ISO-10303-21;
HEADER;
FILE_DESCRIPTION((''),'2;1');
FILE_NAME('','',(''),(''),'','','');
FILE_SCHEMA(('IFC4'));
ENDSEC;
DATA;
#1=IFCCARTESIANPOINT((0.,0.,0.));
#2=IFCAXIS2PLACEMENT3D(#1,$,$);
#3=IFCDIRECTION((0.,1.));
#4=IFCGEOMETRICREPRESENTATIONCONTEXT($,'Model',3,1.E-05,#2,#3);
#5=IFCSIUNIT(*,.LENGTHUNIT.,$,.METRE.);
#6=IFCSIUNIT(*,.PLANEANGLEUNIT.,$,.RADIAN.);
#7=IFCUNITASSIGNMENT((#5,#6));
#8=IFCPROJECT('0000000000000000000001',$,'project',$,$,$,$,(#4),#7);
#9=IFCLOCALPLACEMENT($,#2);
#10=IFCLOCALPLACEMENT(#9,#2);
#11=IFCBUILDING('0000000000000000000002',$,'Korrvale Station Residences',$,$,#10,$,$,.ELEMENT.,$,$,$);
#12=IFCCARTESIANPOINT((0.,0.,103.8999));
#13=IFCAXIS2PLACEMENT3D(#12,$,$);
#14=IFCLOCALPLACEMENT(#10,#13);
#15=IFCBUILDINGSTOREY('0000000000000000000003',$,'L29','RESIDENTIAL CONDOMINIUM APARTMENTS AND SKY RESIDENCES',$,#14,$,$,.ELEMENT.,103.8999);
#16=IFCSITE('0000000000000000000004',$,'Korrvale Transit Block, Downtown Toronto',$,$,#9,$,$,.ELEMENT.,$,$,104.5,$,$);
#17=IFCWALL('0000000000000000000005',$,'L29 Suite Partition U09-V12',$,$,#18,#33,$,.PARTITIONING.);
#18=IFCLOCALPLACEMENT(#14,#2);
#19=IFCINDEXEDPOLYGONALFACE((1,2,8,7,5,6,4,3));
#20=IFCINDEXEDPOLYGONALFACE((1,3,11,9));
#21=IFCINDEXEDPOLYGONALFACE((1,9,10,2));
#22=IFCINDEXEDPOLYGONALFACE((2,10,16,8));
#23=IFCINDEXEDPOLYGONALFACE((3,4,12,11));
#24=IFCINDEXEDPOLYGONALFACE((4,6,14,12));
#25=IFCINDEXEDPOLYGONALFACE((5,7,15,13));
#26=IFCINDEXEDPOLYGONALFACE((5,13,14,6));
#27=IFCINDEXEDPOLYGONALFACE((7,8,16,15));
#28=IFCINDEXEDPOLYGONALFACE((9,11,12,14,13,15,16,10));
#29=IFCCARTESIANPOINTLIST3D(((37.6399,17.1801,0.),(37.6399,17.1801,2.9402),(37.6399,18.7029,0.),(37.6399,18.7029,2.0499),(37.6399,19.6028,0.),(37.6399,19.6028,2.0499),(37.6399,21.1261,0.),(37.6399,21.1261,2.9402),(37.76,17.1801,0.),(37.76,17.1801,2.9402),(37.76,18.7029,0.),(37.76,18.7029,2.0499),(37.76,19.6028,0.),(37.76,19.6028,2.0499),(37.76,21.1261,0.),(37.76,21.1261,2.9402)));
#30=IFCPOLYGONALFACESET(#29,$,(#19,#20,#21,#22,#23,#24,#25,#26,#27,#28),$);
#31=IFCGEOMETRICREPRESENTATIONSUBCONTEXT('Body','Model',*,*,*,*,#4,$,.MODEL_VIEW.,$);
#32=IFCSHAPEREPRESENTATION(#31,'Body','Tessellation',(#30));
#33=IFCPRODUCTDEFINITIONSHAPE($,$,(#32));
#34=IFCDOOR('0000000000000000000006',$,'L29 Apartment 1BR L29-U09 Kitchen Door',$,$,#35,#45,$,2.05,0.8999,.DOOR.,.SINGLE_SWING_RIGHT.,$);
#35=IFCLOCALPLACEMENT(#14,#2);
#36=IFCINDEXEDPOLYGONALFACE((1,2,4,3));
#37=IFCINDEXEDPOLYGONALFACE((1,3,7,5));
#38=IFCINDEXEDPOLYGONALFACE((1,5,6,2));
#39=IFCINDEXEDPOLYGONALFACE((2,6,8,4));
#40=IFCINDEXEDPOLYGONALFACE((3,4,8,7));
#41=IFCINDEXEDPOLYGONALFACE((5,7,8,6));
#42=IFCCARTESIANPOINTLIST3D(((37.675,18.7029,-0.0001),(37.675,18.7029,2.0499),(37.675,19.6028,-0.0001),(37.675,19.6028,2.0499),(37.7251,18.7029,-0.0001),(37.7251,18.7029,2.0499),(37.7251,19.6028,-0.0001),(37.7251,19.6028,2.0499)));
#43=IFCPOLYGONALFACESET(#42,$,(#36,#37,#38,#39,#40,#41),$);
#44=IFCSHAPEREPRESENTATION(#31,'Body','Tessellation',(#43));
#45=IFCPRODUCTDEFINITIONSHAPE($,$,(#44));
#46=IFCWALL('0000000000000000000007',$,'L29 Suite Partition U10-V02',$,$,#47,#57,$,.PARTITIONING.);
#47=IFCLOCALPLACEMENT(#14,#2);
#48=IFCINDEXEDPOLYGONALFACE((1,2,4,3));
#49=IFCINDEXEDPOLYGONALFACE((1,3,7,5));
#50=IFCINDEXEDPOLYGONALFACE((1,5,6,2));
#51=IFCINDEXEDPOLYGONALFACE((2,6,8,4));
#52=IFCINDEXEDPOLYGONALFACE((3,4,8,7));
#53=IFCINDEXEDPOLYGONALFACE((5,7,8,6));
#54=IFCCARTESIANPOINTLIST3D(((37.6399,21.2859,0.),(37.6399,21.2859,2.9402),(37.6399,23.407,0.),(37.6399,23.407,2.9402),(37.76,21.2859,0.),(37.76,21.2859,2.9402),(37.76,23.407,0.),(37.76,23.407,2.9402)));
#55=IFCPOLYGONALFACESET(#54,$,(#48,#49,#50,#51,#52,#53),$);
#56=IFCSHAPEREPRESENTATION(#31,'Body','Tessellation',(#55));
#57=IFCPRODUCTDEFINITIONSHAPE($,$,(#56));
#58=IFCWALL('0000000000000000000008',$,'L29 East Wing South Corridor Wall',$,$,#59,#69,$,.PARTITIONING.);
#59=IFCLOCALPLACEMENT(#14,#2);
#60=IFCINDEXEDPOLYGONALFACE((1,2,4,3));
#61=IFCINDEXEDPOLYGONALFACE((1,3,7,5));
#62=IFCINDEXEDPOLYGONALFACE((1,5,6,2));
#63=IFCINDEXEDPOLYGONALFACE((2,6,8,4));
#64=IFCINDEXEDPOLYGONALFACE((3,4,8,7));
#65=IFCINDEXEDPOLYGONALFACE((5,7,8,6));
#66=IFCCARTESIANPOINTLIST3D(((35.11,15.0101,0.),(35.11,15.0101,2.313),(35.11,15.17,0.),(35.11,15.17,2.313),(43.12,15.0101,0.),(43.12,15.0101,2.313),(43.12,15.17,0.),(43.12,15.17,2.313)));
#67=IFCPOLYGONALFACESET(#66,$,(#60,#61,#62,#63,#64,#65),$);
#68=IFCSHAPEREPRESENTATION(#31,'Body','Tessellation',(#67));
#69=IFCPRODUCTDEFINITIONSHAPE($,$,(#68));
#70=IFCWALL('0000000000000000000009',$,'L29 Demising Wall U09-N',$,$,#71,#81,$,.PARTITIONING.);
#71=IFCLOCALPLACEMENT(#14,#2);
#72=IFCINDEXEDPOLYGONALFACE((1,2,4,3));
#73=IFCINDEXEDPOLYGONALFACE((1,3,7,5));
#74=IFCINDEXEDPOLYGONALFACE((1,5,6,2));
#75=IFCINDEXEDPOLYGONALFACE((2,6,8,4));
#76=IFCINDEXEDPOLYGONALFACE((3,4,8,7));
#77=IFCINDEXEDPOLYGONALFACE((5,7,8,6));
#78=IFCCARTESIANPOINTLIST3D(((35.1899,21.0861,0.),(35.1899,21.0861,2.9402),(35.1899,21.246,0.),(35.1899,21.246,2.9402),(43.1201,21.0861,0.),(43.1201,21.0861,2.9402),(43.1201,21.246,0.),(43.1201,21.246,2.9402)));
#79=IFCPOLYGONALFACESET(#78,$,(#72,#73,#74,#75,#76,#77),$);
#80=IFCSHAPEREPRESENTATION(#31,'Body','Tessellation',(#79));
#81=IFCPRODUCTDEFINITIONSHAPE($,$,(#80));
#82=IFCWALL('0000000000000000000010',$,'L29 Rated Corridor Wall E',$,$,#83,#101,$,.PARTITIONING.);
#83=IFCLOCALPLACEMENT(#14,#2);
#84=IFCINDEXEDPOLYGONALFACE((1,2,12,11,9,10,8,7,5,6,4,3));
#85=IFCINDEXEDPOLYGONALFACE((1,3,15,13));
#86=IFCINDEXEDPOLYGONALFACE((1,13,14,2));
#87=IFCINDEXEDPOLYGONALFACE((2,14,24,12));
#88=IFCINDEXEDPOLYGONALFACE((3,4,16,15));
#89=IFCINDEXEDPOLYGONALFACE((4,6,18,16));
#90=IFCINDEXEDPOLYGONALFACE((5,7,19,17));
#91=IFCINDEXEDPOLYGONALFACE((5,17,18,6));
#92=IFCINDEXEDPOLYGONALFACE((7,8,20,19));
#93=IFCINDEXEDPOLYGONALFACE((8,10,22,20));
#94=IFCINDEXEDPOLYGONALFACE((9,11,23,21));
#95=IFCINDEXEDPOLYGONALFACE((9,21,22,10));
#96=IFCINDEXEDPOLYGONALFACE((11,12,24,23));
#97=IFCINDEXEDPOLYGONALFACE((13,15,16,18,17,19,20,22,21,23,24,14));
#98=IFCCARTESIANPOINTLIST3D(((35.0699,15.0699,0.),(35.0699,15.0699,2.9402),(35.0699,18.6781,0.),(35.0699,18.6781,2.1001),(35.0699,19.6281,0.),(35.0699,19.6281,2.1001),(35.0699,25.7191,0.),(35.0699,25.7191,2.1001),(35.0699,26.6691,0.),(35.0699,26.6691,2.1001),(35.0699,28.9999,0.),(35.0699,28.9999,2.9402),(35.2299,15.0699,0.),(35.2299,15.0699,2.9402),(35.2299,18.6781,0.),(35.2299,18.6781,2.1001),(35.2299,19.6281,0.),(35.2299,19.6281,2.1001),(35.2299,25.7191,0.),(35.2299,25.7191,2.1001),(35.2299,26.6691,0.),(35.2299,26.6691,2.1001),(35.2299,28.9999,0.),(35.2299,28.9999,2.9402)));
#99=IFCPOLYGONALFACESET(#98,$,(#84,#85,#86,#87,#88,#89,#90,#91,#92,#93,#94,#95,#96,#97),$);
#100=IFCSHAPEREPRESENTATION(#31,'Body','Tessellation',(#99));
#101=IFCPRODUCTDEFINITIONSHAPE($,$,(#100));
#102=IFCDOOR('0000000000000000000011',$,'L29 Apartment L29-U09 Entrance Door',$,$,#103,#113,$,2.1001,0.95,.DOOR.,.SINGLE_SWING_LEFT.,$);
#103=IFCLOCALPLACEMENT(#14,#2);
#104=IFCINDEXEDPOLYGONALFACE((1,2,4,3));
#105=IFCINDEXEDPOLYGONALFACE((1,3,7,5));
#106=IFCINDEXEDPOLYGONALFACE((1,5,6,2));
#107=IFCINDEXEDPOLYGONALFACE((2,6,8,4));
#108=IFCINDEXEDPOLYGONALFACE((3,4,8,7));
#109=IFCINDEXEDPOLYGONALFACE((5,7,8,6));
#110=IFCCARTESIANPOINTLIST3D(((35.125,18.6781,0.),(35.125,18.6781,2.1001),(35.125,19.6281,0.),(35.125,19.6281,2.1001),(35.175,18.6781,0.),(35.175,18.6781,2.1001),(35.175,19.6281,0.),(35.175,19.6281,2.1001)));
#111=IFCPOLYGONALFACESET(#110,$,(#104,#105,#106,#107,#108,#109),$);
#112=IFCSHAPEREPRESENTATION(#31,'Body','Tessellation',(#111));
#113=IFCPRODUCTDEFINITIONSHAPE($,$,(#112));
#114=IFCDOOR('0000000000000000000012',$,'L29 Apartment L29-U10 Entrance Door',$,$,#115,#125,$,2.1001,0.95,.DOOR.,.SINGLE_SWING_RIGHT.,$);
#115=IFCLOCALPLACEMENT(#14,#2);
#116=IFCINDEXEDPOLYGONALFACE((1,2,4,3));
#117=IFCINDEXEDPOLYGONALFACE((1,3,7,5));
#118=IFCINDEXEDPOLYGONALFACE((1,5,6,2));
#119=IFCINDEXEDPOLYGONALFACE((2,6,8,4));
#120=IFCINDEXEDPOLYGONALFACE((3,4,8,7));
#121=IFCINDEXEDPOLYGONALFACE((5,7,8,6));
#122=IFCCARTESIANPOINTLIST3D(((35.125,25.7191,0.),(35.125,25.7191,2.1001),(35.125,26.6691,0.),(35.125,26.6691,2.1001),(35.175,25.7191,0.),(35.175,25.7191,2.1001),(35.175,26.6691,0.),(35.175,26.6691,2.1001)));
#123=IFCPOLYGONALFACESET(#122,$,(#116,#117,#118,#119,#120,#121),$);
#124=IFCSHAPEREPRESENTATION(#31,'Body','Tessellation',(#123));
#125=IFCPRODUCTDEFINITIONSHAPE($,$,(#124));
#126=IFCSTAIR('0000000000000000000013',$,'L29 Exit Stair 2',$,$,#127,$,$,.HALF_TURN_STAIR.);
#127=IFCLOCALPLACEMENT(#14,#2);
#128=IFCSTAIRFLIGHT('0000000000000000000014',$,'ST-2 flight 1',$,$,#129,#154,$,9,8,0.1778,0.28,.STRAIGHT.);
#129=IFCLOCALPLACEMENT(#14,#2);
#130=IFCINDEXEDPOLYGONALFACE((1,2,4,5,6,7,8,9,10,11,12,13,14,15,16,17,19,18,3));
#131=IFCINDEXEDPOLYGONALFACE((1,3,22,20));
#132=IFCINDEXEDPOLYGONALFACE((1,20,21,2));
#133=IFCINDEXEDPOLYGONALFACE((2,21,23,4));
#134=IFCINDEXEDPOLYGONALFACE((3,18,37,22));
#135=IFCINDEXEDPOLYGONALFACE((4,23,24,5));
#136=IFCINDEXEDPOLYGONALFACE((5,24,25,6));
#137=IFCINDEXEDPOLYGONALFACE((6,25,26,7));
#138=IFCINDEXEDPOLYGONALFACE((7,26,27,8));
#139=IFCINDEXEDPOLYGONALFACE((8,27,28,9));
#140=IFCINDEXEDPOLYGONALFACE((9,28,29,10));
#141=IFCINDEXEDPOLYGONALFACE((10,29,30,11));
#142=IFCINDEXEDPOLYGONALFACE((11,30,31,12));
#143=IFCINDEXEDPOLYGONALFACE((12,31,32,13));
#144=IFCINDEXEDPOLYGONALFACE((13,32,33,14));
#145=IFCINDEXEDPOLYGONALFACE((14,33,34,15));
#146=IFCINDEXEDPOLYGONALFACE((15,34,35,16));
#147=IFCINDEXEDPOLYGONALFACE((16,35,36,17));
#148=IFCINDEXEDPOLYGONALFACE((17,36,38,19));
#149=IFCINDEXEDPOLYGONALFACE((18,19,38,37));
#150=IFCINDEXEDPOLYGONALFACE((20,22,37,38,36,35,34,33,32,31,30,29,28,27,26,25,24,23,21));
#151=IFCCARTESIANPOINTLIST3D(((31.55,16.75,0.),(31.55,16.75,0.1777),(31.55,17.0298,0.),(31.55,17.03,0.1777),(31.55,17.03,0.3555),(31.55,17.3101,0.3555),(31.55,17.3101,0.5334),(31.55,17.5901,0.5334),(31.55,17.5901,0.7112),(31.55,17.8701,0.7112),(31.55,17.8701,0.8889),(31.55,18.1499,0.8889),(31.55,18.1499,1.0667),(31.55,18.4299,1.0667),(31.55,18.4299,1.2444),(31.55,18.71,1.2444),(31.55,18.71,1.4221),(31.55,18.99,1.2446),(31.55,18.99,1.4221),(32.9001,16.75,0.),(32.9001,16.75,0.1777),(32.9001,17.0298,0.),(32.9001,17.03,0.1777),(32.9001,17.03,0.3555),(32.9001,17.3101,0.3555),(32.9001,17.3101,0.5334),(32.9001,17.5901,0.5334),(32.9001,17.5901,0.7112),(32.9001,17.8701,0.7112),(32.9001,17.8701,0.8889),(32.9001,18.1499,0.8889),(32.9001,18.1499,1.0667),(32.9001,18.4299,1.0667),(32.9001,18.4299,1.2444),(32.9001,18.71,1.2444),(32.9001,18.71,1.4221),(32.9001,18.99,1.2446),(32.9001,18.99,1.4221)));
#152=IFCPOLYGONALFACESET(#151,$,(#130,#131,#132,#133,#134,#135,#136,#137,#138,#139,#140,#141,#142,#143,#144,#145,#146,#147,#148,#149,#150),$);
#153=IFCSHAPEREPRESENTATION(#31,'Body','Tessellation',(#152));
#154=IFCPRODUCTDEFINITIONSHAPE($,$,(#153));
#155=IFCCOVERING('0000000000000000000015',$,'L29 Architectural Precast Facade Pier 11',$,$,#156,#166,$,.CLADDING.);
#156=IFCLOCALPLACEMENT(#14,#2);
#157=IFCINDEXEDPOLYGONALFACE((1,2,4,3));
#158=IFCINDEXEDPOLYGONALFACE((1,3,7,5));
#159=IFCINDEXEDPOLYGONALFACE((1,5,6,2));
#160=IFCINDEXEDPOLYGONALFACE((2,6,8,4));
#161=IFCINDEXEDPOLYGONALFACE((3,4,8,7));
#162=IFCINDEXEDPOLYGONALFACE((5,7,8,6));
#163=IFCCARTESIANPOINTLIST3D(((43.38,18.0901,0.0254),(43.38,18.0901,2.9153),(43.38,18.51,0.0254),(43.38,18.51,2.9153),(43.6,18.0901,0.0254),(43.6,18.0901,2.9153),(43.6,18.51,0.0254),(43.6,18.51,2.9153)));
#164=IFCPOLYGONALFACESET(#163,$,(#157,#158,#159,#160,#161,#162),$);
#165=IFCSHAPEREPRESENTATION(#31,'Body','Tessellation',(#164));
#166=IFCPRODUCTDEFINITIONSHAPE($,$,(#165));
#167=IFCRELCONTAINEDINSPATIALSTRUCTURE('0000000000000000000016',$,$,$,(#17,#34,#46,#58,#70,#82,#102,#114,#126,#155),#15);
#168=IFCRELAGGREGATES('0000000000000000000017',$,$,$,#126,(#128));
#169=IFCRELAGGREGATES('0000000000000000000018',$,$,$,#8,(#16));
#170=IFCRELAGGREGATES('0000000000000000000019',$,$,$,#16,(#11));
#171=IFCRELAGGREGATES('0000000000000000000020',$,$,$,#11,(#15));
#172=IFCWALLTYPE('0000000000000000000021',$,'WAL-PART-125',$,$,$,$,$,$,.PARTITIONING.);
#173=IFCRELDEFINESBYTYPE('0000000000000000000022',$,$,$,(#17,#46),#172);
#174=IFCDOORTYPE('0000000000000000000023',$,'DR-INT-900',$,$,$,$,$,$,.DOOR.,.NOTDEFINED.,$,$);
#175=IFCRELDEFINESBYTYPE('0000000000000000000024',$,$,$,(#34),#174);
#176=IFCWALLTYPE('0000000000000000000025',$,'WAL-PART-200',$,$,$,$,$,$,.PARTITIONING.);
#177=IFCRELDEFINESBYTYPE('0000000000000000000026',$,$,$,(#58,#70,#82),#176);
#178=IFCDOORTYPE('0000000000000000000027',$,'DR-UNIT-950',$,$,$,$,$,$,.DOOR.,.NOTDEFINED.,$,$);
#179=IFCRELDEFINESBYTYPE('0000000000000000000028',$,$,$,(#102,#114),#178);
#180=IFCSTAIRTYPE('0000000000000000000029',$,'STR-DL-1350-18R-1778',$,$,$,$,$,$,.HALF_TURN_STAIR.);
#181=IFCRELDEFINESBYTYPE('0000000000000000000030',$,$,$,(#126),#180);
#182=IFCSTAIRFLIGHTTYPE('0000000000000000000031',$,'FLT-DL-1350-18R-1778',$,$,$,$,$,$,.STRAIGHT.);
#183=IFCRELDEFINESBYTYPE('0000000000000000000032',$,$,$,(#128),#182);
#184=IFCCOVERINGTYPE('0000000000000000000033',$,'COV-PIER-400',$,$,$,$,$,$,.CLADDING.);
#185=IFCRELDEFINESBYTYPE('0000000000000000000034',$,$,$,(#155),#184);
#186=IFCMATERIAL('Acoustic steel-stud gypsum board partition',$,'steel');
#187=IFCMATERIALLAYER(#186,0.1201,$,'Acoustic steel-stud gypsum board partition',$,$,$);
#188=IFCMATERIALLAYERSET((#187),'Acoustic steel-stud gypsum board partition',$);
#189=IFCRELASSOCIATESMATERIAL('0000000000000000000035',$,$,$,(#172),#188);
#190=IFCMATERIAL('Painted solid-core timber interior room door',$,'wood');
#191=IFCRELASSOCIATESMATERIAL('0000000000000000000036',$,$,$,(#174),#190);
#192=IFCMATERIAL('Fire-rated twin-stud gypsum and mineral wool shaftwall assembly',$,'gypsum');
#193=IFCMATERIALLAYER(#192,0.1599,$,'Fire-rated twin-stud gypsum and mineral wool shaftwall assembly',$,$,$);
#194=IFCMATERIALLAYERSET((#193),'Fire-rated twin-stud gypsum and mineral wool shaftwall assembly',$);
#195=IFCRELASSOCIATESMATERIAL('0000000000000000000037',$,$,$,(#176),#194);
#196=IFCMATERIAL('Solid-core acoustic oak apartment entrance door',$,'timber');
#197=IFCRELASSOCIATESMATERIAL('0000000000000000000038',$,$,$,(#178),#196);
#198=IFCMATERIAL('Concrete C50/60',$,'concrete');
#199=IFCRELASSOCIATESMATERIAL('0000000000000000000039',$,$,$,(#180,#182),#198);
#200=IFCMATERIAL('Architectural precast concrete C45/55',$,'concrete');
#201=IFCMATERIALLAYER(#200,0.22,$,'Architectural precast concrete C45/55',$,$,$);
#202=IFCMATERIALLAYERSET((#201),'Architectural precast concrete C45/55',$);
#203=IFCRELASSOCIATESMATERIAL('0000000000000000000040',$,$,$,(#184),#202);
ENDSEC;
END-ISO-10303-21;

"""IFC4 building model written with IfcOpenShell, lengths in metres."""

from ifc_helpers import new_model, si_unit, direction, frame, frame_2d, origin, origin_2d, place, context, subcontext, project, spatial, polyline, rectangle, outline, extrude, material, layer, layer_set, type_object, element, fill, aggregate, save


model = new_model("IFC4")

# Units and contexts
model_context = context("Model", 3, precision=1e-05, world=origin(), true_north=direction((0.0, 1.0)))
body_context = subcontext(model_context, "Body", "Model", "MODEL_VIEW")
ifc_project = project(units=[si_unit("LENGTHUNIT", "METRE"), si_unit("PLANEANGLEUNIT", "RADIAN")], contexts=[model_context])

# Site, building, storey
site_placement = place(None, origin())
site = spatial("IfcSite", under=ifc_project, at=site_placement, Name="Korrvale Transit Block, Downtown Toronto", CompositionType="ELEMENT", RefElevation=104.5)
building_placement = place(site_placement, origin())
building = spatial("IfcBuilding", under=site, at=building_placement, Name="Korrvale Station Residences", CompositionType="ELEMENT")
storey_placement = place(building_placement, frame((0.0, 0.0, 103.8999)))
storey = spatial("IfcBuildingStorey", under=building, at=storey_placement, Name="L29", Description="RESIDENTIAL CONDOMINIUM APARTMENTS AND SKY RESIDENCES", CompositionType="ELEMENT", Elevation=103.8999)

# Shared definitions
ifc_material_1 = material(Name="Acoustic steel-stud gypsum board partition", Category="steel")
ifc_layer_1 = layer(ifc_material_1, 0.1201, Name="Acoustic steel-stud gypsum board partition")
ifc_layer_set_1 = layer_set([ifc_layer_1], Name="Acoustic steel-stud gypsum board partition")
wall_type_1 = type_object("IfcWallType", Name="WAL-PART-125", PredefinedType="PARTITIONING", material=ifc_layer_set_1)

# Wall, opening, door
wall_1_placement = place(storey_placement, frame((37.7, 17.1799, 0.0), z_axis=(0.0, 0.0, 1.0), x_axis=(0.0, 1.0, 0.0)))
wall_1 = element("IfcWall", 1, at=wall_1_placement, inside=storey, type_object=wall_type_1, Name="L29 Suite Partition U09-V12", PredefinedType="PARTITIONING", context=body_context, shape_type="SweptSolid", body=[
    extrude(rectangle(XDim=3.946, YDim=0.1201, at=frame_2d((1.9731, 0.0))), origin(), (0.0, 0.0, 1.0), 2.9402),
])
opening_1_placement = place(wall_1_placement, frame((1.5229, 0.0, 0.0)))
opening_1 = element("IfcOpeningElement", 2, at=opening_1_placement, cuts=wall_1, PredefinedType="OPENING", context=body_context, shape_type="SweptSolid", body=[
    extrude(rectangle(XDim=0.8999, YDim=2.05, at=frame_2d((0.45, 1.0249))), frame((0.0, 0.0701, 0.0), z_axis=(0.0, -1.0, 0.0), x_axis=(1.0, 0.0, 0.0)), (0.0, 0.0, 1.0), 0.1401),
])
ifc_material_2 = material(Name="Painted solid-core timber interior room door", Category="wood")
door_type_1 = type_object("IfcDoorType", Name="DR-INT-900", OperationType="NOTDEFINED", PredefinedType="DOOR", material=ifc_material_2)
door_1_placement = place(opening_1_placement, origin())
door_1 = element("IfcDoor", 3, at=door_1_placement, inside=storey, type_object=door_type_1, Name="L29 Apartment 1BR L29-U09 Kitchen Door", OperationType="SINGLE_SWING_RIGHT", OverallHeight=2.05, OverallWidth=0.8999, PredefinedType="DOOR", context=body_context, shape_type="SweptSolid", body=[
    extrude(rectangle(XDim=0.8999, YDim=2.05, at=frame_2d((0.45, 1.0249))), frame((0.0, 0.0249, 0.0), z_axis=(0.0, -1.0, 0.0), x_axis=(1.0, 0.0, 0.0)), (0.0, 0.0, 1.0), 0.05),
])
fill(opening_1, door_1)

# Walls
wall_2_placement = place(storey_placement, frame((37.7, 21.2859, 0.0), z_axis=(0.0, 0.0, 1.0), x_axis=(0.0, 1.0, 0.0)))
element("IfcWall", 4, at=wall_2_placement, inside=storey, type_object=wall_type_1, Name="L29 Suite Partition U10-V02", PredefinedType="PARTITIONING", context=body_context, shape_type="SweptSolid", body=[
    extrude(rectangle(XDim=2.1211, YDim=0.1201, at=frame_2d((1.0605, 0.0))), origin(), (0.0, 0.0, 1.0), 2.9402),
])
ifc_material_3 = material(Name="Fire-rated twin-stud gypsum and mineral wool shaftwall assembly", Category="gypsum")
ifc_layer_2 = layer(ifc_material_3, 0.1599, Name="Fire-rated twin-stud gypsum and mineral wool shaftwall assembly")
ifc_layer_set_2 = layer_set([ifc_layer_2], Name="Fire-rated twin-stud gypsum and mineral wool shaftwall assembly")
wall_type_2 = type_object("IfcWallType", Name="WAL-PART-200", PredefinedType="PARTITIONING", material=ifc_layer_set_2)
wall_3_placement = place(storey_placement, frame((35.1101, 15.0901, 0.0), z_axis=(0.0, 0.0, 1.0), x_axis=(1.0, 0.0, 0.0)))
element("IfcWall", 5, at=wall_3_placement, inside=storey, type_object=wall_type_2, Name="L29 East Wing South Corridor Wall", PredefinedType="PARTITIONING", context=body_context, shape_type="SweptSolid", body=[
    extrude(rectangle(XDim=8.01, YDim=0.1599, at=frame_2d((4.0049, 0.0))), origin(), (0.0, 0.0, 1.0), 2.313),
])
wall_4_placement = place(storey_placement, frame((35.1899, 21.166, 0.0), z_axis=(0.0, 0.0, 1.0), x_axis=(1.0, 0.0, 0.0)))
element("IfcWall", 6, at=wall_4_placement, inside=storey, type_object=wall_type_2, Name="L29 Demising Wall U09-N", PredefinedType="PARTITIONING", context=body_context, shape_type="SweptSolid", body=[
    extrude(rectangle(XDim=7.9302, YDim=0.1599, at=frame_2d((3.9651, 0.0))), origin(), (0.0, 0.0, 1.0), 2.9402),
])

# Wall, openings, doors
wall_5_placement = place(storey_placement, frame((35.1499, 15.0701, 0.0), z_axis=(0.0, 0.0, 1.0), x_axis=(0.0, 1.0, 0.0)))
wall_5 = element("IfcWall", 7, at=wall_5_placement, inside=storey, type_object=wall_type_2, Name="L29 Rated Corridor Wall E", PredefinedType="PARTITIONING", context=body_context, shape_type="SweptSolid", body=[
    extrude(rectangle(XDim=13.9299, YDim=0.1599, at=frame_2d((6.9648, 0.0))), origin(), (0.0, 0.0, 1.0), 2.9402),
])
opening_2_placement = place(wall_5_placement, frame((3.6079, 0.0, 0.0)))
opening_2 = element("IfcOpeningElement", 8, at=opening_2_placement, cuts=wall_5, PredefinedType="OPENING", context=body_context, shape_type="SweptSolid", body=[
    extrude(rectangle(XDim=0.95, YDim=2.1001, at=frame_2d((0.4751, 1.05))), frame((0.0, 0.0898, 0.0), z_axis=(0.0, -1.0, 0.0), x_axis=(1.0, 0.0, 0.0)), (0.0, 0.0, 1.0), 0.1799),
])
opening_3_placement = place(wall_5_placement, frame((10.6489, 0.0, 0.0)))
opening_3 = element("IfcOpeningElement", 9, at=opening_3_placement, cuts=wall_5, PredefinedType="OPENING", context=body_context, shape_type="SweptSolid", body=[
    extrude(rectangle(XDim=0.95, YDim=2.1001, at=frame_2d((0.4751, 1.05))), frame((0.0, 0.0898, 0.0), z_axis=(0.0, -1.0, 0.0), x_axis=(1.0, 0.0, 0.0)), (0.0, 0.0, 1.0), 0.1799),
])
ifc_material_4 = material(Name="Solid-core acoustic oak apartment entrance door", Category="timber")
door_type_2 = type_object("IfcDoorType", Name="DR-UNIT-950", OperationType="NOTDEFINED", PredefinedType="DOOR", material=ifc_material_4)
door_2_placement = place(opening_2_placement, origin())
door_2 = element("IfcDoor", 10, at=door_2_placement, inside=storey, type_object=door_type_2, Name="L29 Apartment L29-U09 Entrance Door", OperationType="SINGLE_SWING_LEFT", OverallHeight=2.1001, OverallWidth=0.95, PredefinedType="DOOR", context=body_context, shape_type="SweptSolid", body=[
    extrude(rectangle(XDim=0.95, YDim=2.1001, at=frame_2d((0.4751, 1.05))), frame((0.0, 0.0249, 0.0), z_axis=(0.0, -1.0, 0.0), x_axis=(1.0, 0.0, 0.0)), (0.0, 0.0, 1.0), 0.05),
])
fill(opening_2, door_2)
door_3_placement = place(opening_3_placement, origin())
door_3 = element("IfcDoor", 11, at=door_3_placement, inside=storey, type_object=door_type_2, Name="L29 Apartment L29-U10 Entrance Door", OperationType="SINGLE_SWING_RIGHT", OverallHeight=2.1001, OverallWidth=0.95, PredefinedType="DOOR", context=body_context, shape_type="SweptSolid", body=[
    extrude(rectangle(XDim=0.95, YDim=2.1001, at=frame_2d((0.4751, 1.05))), frame((0.0, 0.0249, 0.0), z_axis=(0.0, -1.0, 0.0), x_axis=(1.0, 0.0, 0.0)), (0.0, 0.0, 1.0), 0.05),
])
fill(opening_3, door_3)

# Stair, stair flight
ifc_material_5 = material(Name="Concrete C50/60", Category="concrete")
stair_type = type_object("IfcStairType", Name="STR-DL-1350-18R-1778", PredefinedType="HALF_TURN_STAIR", material=ifc_material_5)
stair_placement = place(storey_placement, origin())
stair = element("IfcStair", 12, at=stair_placement, inside=storey, type_object=stair_type, Name="L29 Exit Stair 2", PredefinedType="HALF_TURN_STAIR")
stair_flight_type = type_object("IfcStairFlightType", Name="FLT-DL-1350-18R-1778", PredefinedType="STRAIGHT", material=ifc_material_5)
stair_flight_placement = place(storey_placement, frame((32.2251, 16.75, 0.0), z_axis=(0.0, 0.0, 1.0), x_axis=(0.0, 1.0, 0.0)))
stair_flight = element("IfcStairFlight", 13, at=stair_flight_placement, type_object=stair_flight_type, Name="ST-2 flight 1", NumberOfRisers=9, NumberOfTreads=8, PredefinedType="STRAIGHT", RiserHeight=0.1778, TreadLength=0.28, context=body_context, shape_type="SweptSolid", body=[
    extrude(outline(polyline([(0.0, 0.0), (0.0, 0.1777), (0.28, 0.1777), (0.28, 0.3555), (0.5601, 0.3555), (0.5601, 0.5334), (0.8401, 0.5334), (0.8401, 0.7112), (1.1201, 0.7112), (1.1201, 0.8889), (1.3999, 0.8889), (1.3999, 1.0667), (1.6799, 1.0667), (1.6799, 1.2444), (1.96, 1.2444), (1.96, 1.4221), (2.24, 1.4221), (2.24, 1.6001), (2.24, 1.2446), (0.2798, 0.0), (0.0, 0.0)])), frame((0.0, 0.675, 0.0), z_axis=(0.0, -1.0, 0.0), x_axis=(1.0, 0.0, 0.0)), (0.0, 0.0, 1.0), 1.3501),
])
aggregate(stair, [stair_flight])

# Covering
ifc_material_6 = material(Name="Architectural precast concrete C45/55", Category="concrete")
ifc_layer_3 = layer(ifc_material_6, 0.22, Name="Architectural precast concrete C45/55")
ifc_layer_set_3 = layer_set([ifc_layer_3], Name="Architectural precast concrete C45/55")
covering_type = type_object("IfcCoveringType", Name="COV-PIER-400", PredefinedType="CLADDING", material=ifc_layer_set_3)
for number, where, z_axis, x_axis, name in (
    (14, (43.49, 18.3, 0.0254), (0.0, 0.0, 1.0), (0.0, 1.0, 0.0), "L29 Architectural Precast Facade Pier 11"),
):
    element("IfcCovering", number, at=place(storey_placement, frame(where, z_axis=z_axis, x_axis=x_axis)), inside=storey, type_object=covering_type, Name=name, PredefinedType="CLADDING", context=body_context, shape_type="SweptSolid", body=[
        extrude(rectangle(XDim=0.4199, YDim=0.22, at=origin_2d()), origin(), (0.0, 0.0, 1.0), 2.8899),
    ])

save(model, "model.ifc")
